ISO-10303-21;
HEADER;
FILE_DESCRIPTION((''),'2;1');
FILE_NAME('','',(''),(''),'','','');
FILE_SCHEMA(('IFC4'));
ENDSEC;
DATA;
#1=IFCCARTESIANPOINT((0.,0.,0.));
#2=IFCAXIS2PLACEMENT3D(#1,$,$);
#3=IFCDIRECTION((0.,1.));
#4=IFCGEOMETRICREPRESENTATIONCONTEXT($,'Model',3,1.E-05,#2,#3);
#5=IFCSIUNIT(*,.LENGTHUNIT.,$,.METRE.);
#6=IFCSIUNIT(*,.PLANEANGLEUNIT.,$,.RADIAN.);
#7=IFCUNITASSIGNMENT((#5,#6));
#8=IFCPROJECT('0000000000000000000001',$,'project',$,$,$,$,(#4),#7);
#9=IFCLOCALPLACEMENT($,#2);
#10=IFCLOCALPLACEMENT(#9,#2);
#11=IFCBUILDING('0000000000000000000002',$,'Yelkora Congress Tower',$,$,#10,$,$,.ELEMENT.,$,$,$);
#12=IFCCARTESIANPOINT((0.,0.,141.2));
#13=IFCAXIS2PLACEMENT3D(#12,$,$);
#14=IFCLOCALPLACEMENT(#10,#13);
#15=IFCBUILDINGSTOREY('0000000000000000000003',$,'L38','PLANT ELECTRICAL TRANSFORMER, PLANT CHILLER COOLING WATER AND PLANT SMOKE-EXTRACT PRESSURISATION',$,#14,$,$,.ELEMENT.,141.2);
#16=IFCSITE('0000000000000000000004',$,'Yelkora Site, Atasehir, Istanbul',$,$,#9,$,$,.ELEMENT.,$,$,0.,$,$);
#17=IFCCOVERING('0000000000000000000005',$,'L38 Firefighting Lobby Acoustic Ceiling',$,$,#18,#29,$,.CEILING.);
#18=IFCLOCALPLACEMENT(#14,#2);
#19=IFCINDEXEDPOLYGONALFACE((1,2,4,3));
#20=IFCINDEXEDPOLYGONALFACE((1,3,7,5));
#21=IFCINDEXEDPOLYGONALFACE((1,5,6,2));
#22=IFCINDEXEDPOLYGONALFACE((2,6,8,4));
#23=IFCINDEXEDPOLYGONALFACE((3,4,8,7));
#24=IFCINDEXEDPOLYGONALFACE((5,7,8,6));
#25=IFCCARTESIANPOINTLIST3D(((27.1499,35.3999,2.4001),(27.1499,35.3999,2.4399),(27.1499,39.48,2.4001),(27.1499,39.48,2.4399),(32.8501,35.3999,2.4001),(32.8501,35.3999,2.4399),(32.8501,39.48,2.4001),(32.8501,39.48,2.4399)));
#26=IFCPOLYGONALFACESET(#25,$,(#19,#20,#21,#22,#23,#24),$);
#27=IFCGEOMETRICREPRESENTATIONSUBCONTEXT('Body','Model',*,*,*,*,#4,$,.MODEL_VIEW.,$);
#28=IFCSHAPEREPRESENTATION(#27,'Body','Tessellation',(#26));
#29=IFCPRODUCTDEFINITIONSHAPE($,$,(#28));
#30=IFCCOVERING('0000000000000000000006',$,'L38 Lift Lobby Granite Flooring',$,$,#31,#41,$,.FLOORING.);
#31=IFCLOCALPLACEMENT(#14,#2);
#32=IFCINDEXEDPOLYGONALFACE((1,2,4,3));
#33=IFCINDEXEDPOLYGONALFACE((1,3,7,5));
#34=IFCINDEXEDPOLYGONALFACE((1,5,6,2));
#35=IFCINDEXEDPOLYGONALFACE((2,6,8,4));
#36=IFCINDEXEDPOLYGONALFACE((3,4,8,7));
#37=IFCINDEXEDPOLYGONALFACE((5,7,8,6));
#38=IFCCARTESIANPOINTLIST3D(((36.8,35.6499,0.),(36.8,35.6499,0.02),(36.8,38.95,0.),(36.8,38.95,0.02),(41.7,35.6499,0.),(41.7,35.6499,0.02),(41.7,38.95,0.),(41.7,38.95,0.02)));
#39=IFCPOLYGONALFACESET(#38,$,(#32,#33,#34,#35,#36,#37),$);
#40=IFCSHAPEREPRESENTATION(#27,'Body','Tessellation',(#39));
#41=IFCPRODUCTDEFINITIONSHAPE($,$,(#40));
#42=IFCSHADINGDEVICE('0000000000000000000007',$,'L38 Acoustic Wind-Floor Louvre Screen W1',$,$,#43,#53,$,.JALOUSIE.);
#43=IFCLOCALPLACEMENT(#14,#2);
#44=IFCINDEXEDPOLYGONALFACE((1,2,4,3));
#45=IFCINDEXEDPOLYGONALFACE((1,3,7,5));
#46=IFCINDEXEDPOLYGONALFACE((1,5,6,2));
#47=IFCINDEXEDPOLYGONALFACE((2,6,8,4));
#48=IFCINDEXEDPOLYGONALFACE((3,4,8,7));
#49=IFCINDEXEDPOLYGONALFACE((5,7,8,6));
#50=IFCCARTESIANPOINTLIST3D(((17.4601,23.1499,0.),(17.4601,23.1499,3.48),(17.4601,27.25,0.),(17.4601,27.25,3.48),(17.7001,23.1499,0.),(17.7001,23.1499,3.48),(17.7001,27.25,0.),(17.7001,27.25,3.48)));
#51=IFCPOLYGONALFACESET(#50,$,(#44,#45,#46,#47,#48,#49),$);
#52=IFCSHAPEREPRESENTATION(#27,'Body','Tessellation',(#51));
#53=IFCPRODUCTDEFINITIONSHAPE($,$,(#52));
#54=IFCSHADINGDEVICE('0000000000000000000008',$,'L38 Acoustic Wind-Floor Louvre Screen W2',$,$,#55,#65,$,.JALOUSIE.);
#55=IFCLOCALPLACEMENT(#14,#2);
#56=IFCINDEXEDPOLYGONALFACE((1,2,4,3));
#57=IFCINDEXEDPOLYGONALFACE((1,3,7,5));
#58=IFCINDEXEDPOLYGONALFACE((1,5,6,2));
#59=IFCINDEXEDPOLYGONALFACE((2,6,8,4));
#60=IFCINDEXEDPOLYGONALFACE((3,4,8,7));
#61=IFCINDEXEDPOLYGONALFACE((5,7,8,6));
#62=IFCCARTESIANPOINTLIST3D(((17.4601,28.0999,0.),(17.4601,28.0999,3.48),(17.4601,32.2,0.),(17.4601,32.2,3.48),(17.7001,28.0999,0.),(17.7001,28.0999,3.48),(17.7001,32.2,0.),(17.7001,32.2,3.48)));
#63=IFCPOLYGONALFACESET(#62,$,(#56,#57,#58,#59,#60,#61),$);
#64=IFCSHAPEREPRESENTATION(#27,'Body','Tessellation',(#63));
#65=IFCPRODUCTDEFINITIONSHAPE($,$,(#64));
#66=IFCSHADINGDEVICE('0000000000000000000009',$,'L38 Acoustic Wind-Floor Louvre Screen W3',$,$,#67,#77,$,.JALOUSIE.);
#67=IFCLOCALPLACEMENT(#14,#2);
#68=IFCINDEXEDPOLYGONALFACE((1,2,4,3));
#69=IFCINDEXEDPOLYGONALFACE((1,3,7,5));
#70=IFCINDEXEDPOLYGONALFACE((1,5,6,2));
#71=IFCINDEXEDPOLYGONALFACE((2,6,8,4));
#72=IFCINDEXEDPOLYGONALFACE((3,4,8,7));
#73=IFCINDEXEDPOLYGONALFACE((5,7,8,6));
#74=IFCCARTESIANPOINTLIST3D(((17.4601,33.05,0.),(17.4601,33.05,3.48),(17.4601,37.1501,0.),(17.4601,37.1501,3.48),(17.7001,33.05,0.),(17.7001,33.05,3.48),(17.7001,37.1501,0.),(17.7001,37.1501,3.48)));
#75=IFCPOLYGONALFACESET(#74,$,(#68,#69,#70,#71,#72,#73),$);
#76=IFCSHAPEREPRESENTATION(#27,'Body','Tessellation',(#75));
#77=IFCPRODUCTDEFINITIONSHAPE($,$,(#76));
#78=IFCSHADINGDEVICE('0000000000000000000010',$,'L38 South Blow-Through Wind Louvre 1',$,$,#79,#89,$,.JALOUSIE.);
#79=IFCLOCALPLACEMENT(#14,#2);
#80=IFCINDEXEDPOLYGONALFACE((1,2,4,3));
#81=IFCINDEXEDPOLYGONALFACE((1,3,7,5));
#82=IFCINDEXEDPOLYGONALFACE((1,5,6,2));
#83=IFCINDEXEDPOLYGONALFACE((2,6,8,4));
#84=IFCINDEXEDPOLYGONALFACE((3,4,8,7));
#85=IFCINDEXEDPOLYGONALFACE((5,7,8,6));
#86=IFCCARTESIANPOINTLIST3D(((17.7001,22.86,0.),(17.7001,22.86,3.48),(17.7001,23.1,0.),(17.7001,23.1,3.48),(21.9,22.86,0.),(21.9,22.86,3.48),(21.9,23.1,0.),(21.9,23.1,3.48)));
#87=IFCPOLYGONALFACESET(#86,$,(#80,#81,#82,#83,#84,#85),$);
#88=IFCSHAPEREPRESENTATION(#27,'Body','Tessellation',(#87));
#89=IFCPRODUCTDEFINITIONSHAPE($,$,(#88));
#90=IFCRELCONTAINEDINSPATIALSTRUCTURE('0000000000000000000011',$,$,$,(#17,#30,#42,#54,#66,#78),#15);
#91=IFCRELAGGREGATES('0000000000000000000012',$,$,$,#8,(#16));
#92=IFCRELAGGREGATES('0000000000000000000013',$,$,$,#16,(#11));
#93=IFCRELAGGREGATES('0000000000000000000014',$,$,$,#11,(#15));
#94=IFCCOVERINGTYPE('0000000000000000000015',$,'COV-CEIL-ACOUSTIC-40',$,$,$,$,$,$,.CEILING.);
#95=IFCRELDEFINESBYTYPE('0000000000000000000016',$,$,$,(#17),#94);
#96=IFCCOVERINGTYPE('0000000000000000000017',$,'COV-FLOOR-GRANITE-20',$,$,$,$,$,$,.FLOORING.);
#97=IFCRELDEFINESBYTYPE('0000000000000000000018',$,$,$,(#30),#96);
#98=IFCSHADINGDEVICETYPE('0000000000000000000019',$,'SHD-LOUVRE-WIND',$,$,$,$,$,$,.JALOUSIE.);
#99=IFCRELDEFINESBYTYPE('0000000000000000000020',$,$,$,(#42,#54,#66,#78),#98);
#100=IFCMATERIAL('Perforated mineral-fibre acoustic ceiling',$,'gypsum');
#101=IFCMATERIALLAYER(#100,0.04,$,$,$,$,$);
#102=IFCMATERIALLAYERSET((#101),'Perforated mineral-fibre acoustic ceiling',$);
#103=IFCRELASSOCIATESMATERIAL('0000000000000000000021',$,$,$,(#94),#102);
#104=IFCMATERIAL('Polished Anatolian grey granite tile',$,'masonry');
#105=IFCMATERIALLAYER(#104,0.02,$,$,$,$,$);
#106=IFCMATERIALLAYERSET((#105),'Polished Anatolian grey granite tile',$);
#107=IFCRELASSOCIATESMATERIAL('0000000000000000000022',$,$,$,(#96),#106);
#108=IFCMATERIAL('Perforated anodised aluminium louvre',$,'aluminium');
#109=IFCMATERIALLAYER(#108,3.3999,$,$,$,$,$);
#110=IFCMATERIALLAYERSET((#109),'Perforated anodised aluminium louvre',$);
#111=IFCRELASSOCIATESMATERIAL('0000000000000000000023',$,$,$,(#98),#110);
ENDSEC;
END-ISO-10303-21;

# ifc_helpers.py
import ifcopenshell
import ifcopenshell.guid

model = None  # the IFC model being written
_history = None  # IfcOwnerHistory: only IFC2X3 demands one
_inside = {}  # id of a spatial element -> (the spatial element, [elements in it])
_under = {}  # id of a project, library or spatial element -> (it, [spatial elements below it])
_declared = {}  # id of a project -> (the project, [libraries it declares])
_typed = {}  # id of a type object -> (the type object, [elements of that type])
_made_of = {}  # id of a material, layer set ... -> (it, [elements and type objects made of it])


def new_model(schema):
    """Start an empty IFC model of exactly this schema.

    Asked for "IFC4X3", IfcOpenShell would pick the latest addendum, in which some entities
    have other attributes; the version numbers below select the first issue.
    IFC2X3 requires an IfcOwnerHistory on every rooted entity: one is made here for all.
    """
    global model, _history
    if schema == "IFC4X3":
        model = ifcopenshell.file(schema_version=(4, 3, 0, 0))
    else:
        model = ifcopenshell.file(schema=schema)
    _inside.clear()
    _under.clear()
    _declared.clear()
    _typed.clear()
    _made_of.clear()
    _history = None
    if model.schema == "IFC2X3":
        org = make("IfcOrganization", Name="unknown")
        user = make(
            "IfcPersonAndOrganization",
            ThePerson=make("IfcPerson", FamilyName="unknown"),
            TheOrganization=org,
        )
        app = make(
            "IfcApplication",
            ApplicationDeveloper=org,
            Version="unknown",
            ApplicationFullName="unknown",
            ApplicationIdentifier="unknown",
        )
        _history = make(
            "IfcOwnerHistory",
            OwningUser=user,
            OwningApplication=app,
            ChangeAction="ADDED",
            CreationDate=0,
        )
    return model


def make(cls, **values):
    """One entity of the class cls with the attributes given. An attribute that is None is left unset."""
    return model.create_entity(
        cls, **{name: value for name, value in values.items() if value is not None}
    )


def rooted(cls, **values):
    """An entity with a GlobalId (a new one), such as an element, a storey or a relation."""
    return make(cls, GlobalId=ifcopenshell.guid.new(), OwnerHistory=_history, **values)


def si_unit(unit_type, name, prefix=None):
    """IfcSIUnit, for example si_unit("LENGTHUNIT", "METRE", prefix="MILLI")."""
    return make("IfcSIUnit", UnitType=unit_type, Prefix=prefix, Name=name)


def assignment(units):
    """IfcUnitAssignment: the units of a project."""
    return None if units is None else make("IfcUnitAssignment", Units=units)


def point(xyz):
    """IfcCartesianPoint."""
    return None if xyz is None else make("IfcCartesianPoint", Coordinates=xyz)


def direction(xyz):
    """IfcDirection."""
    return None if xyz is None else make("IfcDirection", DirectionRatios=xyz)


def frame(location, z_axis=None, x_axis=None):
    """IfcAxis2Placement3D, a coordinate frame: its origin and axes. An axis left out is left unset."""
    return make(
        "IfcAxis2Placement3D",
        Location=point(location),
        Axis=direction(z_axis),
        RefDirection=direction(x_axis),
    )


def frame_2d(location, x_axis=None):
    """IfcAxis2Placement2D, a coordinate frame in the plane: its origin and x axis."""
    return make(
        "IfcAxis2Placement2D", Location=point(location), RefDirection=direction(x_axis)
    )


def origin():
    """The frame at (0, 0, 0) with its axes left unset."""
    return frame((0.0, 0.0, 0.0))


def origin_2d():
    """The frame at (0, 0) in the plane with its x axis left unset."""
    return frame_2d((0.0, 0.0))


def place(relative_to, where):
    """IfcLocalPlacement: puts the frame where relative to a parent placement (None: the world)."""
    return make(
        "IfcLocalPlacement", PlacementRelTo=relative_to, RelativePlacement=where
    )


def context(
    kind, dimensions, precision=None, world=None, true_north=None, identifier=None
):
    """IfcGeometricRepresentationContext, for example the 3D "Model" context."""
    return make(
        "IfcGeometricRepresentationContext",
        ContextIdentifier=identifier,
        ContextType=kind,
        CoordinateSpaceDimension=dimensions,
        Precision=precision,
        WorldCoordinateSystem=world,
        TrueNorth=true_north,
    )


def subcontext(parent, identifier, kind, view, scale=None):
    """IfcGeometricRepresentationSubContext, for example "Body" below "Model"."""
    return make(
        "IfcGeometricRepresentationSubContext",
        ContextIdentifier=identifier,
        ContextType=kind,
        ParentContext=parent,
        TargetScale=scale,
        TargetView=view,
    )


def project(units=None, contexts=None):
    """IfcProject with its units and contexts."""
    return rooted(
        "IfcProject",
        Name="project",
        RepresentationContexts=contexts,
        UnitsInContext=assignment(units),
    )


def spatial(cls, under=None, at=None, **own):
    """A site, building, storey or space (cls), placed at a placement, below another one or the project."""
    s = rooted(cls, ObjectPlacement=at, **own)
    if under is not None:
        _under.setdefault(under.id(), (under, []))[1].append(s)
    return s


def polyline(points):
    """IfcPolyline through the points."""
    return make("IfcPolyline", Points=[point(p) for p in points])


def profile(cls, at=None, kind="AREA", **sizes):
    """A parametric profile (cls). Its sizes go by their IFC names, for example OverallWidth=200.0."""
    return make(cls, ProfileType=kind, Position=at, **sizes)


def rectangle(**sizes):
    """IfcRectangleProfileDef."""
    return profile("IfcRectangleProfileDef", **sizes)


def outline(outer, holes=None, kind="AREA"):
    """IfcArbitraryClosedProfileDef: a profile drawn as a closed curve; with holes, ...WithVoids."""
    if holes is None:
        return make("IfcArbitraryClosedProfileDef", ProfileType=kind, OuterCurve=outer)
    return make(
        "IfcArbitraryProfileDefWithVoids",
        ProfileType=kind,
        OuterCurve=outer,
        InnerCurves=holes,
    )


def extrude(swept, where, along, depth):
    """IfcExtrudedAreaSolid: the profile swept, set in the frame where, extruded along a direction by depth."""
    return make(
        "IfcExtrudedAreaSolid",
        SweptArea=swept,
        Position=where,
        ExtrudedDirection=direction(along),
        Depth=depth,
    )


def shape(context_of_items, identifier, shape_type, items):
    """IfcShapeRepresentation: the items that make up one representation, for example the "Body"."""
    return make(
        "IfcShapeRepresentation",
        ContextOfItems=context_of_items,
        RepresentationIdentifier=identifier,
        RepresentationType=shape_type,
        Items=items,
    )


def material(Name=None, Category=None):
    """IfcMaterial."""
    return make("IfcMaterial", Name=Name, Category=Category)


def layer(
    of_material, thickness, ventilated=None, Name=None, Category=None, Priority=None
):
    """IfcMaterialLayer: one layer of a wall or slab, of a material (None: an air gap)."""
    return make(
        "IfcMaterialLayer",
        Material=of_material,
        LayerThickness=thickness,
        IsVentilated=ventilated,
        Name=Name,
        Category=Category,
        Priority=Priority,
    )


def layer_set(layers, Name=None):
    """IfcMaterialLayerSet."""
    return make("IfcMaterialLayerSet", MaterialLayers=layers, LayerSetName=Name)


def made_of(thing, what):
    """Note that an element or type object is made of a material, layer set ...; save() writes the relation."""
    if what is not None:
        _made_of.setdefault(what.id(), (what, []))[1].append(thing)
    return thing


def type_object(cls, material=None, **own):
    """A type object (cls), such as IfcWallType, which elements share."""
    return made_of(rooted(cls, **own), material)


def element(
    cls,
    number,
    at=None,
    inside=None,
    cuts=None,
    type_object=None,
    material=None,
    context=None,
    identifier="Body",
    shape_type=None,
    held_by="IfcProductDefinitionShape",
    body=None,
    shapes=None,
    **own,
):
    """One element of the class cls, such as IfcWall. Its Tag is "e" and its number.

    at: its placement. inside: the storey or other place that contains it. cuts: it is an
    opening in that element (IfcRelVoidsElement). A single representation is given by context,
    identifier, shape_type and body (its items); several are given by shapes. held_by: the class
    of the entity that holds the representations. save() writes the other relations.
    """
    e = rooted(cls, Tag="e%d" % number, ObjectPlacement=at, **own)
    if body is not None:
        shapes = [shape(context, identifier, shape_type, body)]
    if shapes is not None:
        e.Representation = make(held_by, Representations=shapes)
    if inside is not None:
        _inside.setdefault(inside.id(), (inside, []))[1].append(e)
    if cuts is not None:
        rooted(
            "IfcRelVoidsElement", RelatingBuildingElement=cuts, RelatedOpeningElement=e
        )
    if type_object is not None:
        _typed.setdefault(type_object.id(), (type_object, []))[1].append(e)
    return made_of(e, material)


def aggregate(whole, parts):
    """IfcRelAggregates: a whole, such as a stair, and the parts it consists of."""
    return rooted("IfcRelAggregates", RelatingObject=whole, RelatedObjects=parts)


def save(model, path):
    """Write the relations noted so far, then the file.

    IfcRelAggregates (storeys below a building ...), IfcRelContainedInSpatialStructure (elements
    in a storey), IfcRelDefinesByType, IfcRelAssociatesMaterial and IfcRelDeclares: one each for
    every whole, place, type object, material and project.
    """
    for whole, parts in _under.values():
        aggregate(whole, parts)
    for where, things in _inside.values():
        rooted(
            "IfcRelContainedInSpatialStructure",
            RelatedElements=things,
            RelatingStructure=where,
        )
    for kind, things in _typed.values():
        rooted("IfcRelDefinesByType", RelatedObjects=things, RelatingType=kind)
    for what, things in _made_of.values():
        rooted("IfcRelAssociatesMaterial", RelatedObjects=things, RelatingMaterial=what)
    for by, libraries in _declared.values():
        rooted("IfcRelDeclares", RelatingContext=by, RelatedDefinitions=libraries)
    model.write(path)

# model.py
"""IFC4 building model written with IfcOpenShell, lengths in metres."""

from ifc_helpers import new_model, si_unit, direction, frame, origin, origin_2d, place, context, subcontext, project, spatial, polyline, rectangle, outline, extrude, material, layer, layer_set, type_object, element, save


model = new_model("IFC4")

# Units and contexts
model_context = context("Model", 3, precision=1e-05, world=origin(), true_north=direction((0.0, 1.0)))
body_context = subcontext(model_context, "Body", "Model", "MODEL_VIEW")
ifc_project = project(units=[si_unit("LENGTHUNIT", "METRE"), si_unit("PLANEANGLEUNIT", "RADIAN")], contexts=[model_context])

# Site, building, storey
site_placement = place(None, origin())
site = spatial("IfcSite", under=ifc_project, at=site_placement, Name="Yelkora Site, Atasehir, Istanbul", CompositionType="ELEMENT", RefElevation=0.0)
building_placement = place(site_placement, origin())
building = spatial("IfcBuilding", under=site, at=building_placement, Name="Yelkora Congress Tower", CompositionType="ELEMENT")
storey_placement = place(building_placement, frame((0.0, 0.0, 141.2)))
storey = spatial("IfcBuildingStorey", under=building, at=storey_placement, Name="L38", Description="PLANT ELECTRICAL TRANSFORMER, PLANT CHILLER COOLING WATER AND PLANT SMOKE-EXTRACT PRESSURISATION", CompositionType="ELEMENT", Elevation=141.2)

# Coverings
ifc_material_1 = material(Name="Perforated mineral-fibre acoustic ceiling", Category="gypsum")
ifc_layer_1 = layer(ifc_material_1, 0.04)
ifc_layer_set_1 = layer_set([ifc_layer_1], Name="Perforated mineral-fibre acoustic ceiling")
covering_type_1 = type_object("IfcCoveringType", Name="COV-CEIL-ACOUSTIC-40", PredefinedType="CEILING", material=ifc_layer_set_1)
covering_1_placement = place(storey_placement, frame((0.0, 0.0, 2.4001)))
element("IfcCovering", 1, at=covering_1_placement, inside=storey, type_object=covering_type_1, Name="L38 Firefighting Lobby Acoustic Ceiling", PredefinedType="CEILING", context=body_context, shape_type="SweptSolid", body=[
    extrude(outline(polyline([(27.1499, 35.3999), (32.8501, 35.3999), (32.8501, 39.48), (27.1499, 39.48), (27.1499, 35.3999)])), origin(), (0.0, 0.0, 1.0), 0.0398),
])
ifc_material_2 = material(Name="Polished Anatolian grey granite tile", Category="masonry")
ifc_layer_2 = layer(ifc_material_2, 0.02)
ifc_layer_set_2 = layer_set([ifc_layer_2], Name="Polished Anatolian grey granite tile")
covering_type_2 = type_object("IfcCoveringType", Name="COV-FLOOR-GRANITE-20", PredefinedType="FLOORING", material=ifc_layer_set_2)
covering_2_placement = place(storey_placement, origin())
element("IfcCovering", 2, at=covering_2_placement, inside=storey, type_object=covering_type_2, Name="L38 Lift Lobby Granite Flooring", PredefinedType="FLOORING", context=body_context, shape_type="SweptSolid", body=[
    extrude(outline(polyline([(36.8, 35.6499), (41.7, 35.6499), (41.7, 38.95), (36.8, 38.95), (36.8, 35.6499)])), origin(), (0.0, 0.0, 1.0), 0.02),
])

# Shading devices
ifc_material_3 = material(Name="Perforated anodised aluminium louvre", Category="aluminium")
ifc_layer_3 = layer(ifc_material_3, 3.3999)
ifc_layer_set_3 = layer_set([ifc_layer_3], Name="Perforated anodised aluminium louvre")
shading_device_type = type_object("IfcShadingDeviceType", Name="SHD-LOUVRE-WIND", PredefinedType="JALOUSIE", material=ifc_layer_set_3)
for number, where, z_axis, x_axis, name in (
    (3, (17.5801, 25.2, 0.0), (0.0, 0.0, 1.0), (1.0, 0.0, 0.0), "L38 Acoustic Wind-Floor Louvre Screen W1"),
    (4, (17.5801, 30.1499, 0.0), (0.0, 0.0, 1.0), (1.0, 0.0, 0.0), "L38 Acoustic Wind-Floor Louvre Screen W2"),
    (5, (17.5801, 35.1001, 0.0), (0.0, 0.0, 1.0), (1.0, 0.0, 0.0), "L38 Acoustic Wind-Floor Louvre Screen W3"),
):
    element("IfcShadingDevice", number, at=place(storey_placement, frame(where, z_axis=z_axis, x_axis=x_axis)), inside=storey, type_object=shading_device_type, Name=name, PredefinedType="JALOUSIE", context=body_context, shape_type="SweptSolid", body=[
        extrude(rectangle(XDim=0.24, YDim=4.1001, at=origin_2d()), origin(), (0.0, 0.0, 1.0), 3.48),
    ])
shading_device_placement = place(storey_placement, frame((19.8, 22.98, 0.0), z_axis=(0.0, 0.0, 1.0), x_axis=(1.0, 0.0, 0.0)))
element("IfcShadingDevice", 6, at=shading_device_placement, inside=storey, type_object=shading_device_type, Name="L38 South Blow-Through Wind Louvre 1", PredefinedType="JALOUSIE", context=body_context, shape_type="SweptSolid", body=[
    extrude(rectangle(XDim=4.2, YDim=0.24, at=origin_2d()), origin(), (0.0, 0.0, 1.0), 3.48),
])

save(model, "model.ifc")
